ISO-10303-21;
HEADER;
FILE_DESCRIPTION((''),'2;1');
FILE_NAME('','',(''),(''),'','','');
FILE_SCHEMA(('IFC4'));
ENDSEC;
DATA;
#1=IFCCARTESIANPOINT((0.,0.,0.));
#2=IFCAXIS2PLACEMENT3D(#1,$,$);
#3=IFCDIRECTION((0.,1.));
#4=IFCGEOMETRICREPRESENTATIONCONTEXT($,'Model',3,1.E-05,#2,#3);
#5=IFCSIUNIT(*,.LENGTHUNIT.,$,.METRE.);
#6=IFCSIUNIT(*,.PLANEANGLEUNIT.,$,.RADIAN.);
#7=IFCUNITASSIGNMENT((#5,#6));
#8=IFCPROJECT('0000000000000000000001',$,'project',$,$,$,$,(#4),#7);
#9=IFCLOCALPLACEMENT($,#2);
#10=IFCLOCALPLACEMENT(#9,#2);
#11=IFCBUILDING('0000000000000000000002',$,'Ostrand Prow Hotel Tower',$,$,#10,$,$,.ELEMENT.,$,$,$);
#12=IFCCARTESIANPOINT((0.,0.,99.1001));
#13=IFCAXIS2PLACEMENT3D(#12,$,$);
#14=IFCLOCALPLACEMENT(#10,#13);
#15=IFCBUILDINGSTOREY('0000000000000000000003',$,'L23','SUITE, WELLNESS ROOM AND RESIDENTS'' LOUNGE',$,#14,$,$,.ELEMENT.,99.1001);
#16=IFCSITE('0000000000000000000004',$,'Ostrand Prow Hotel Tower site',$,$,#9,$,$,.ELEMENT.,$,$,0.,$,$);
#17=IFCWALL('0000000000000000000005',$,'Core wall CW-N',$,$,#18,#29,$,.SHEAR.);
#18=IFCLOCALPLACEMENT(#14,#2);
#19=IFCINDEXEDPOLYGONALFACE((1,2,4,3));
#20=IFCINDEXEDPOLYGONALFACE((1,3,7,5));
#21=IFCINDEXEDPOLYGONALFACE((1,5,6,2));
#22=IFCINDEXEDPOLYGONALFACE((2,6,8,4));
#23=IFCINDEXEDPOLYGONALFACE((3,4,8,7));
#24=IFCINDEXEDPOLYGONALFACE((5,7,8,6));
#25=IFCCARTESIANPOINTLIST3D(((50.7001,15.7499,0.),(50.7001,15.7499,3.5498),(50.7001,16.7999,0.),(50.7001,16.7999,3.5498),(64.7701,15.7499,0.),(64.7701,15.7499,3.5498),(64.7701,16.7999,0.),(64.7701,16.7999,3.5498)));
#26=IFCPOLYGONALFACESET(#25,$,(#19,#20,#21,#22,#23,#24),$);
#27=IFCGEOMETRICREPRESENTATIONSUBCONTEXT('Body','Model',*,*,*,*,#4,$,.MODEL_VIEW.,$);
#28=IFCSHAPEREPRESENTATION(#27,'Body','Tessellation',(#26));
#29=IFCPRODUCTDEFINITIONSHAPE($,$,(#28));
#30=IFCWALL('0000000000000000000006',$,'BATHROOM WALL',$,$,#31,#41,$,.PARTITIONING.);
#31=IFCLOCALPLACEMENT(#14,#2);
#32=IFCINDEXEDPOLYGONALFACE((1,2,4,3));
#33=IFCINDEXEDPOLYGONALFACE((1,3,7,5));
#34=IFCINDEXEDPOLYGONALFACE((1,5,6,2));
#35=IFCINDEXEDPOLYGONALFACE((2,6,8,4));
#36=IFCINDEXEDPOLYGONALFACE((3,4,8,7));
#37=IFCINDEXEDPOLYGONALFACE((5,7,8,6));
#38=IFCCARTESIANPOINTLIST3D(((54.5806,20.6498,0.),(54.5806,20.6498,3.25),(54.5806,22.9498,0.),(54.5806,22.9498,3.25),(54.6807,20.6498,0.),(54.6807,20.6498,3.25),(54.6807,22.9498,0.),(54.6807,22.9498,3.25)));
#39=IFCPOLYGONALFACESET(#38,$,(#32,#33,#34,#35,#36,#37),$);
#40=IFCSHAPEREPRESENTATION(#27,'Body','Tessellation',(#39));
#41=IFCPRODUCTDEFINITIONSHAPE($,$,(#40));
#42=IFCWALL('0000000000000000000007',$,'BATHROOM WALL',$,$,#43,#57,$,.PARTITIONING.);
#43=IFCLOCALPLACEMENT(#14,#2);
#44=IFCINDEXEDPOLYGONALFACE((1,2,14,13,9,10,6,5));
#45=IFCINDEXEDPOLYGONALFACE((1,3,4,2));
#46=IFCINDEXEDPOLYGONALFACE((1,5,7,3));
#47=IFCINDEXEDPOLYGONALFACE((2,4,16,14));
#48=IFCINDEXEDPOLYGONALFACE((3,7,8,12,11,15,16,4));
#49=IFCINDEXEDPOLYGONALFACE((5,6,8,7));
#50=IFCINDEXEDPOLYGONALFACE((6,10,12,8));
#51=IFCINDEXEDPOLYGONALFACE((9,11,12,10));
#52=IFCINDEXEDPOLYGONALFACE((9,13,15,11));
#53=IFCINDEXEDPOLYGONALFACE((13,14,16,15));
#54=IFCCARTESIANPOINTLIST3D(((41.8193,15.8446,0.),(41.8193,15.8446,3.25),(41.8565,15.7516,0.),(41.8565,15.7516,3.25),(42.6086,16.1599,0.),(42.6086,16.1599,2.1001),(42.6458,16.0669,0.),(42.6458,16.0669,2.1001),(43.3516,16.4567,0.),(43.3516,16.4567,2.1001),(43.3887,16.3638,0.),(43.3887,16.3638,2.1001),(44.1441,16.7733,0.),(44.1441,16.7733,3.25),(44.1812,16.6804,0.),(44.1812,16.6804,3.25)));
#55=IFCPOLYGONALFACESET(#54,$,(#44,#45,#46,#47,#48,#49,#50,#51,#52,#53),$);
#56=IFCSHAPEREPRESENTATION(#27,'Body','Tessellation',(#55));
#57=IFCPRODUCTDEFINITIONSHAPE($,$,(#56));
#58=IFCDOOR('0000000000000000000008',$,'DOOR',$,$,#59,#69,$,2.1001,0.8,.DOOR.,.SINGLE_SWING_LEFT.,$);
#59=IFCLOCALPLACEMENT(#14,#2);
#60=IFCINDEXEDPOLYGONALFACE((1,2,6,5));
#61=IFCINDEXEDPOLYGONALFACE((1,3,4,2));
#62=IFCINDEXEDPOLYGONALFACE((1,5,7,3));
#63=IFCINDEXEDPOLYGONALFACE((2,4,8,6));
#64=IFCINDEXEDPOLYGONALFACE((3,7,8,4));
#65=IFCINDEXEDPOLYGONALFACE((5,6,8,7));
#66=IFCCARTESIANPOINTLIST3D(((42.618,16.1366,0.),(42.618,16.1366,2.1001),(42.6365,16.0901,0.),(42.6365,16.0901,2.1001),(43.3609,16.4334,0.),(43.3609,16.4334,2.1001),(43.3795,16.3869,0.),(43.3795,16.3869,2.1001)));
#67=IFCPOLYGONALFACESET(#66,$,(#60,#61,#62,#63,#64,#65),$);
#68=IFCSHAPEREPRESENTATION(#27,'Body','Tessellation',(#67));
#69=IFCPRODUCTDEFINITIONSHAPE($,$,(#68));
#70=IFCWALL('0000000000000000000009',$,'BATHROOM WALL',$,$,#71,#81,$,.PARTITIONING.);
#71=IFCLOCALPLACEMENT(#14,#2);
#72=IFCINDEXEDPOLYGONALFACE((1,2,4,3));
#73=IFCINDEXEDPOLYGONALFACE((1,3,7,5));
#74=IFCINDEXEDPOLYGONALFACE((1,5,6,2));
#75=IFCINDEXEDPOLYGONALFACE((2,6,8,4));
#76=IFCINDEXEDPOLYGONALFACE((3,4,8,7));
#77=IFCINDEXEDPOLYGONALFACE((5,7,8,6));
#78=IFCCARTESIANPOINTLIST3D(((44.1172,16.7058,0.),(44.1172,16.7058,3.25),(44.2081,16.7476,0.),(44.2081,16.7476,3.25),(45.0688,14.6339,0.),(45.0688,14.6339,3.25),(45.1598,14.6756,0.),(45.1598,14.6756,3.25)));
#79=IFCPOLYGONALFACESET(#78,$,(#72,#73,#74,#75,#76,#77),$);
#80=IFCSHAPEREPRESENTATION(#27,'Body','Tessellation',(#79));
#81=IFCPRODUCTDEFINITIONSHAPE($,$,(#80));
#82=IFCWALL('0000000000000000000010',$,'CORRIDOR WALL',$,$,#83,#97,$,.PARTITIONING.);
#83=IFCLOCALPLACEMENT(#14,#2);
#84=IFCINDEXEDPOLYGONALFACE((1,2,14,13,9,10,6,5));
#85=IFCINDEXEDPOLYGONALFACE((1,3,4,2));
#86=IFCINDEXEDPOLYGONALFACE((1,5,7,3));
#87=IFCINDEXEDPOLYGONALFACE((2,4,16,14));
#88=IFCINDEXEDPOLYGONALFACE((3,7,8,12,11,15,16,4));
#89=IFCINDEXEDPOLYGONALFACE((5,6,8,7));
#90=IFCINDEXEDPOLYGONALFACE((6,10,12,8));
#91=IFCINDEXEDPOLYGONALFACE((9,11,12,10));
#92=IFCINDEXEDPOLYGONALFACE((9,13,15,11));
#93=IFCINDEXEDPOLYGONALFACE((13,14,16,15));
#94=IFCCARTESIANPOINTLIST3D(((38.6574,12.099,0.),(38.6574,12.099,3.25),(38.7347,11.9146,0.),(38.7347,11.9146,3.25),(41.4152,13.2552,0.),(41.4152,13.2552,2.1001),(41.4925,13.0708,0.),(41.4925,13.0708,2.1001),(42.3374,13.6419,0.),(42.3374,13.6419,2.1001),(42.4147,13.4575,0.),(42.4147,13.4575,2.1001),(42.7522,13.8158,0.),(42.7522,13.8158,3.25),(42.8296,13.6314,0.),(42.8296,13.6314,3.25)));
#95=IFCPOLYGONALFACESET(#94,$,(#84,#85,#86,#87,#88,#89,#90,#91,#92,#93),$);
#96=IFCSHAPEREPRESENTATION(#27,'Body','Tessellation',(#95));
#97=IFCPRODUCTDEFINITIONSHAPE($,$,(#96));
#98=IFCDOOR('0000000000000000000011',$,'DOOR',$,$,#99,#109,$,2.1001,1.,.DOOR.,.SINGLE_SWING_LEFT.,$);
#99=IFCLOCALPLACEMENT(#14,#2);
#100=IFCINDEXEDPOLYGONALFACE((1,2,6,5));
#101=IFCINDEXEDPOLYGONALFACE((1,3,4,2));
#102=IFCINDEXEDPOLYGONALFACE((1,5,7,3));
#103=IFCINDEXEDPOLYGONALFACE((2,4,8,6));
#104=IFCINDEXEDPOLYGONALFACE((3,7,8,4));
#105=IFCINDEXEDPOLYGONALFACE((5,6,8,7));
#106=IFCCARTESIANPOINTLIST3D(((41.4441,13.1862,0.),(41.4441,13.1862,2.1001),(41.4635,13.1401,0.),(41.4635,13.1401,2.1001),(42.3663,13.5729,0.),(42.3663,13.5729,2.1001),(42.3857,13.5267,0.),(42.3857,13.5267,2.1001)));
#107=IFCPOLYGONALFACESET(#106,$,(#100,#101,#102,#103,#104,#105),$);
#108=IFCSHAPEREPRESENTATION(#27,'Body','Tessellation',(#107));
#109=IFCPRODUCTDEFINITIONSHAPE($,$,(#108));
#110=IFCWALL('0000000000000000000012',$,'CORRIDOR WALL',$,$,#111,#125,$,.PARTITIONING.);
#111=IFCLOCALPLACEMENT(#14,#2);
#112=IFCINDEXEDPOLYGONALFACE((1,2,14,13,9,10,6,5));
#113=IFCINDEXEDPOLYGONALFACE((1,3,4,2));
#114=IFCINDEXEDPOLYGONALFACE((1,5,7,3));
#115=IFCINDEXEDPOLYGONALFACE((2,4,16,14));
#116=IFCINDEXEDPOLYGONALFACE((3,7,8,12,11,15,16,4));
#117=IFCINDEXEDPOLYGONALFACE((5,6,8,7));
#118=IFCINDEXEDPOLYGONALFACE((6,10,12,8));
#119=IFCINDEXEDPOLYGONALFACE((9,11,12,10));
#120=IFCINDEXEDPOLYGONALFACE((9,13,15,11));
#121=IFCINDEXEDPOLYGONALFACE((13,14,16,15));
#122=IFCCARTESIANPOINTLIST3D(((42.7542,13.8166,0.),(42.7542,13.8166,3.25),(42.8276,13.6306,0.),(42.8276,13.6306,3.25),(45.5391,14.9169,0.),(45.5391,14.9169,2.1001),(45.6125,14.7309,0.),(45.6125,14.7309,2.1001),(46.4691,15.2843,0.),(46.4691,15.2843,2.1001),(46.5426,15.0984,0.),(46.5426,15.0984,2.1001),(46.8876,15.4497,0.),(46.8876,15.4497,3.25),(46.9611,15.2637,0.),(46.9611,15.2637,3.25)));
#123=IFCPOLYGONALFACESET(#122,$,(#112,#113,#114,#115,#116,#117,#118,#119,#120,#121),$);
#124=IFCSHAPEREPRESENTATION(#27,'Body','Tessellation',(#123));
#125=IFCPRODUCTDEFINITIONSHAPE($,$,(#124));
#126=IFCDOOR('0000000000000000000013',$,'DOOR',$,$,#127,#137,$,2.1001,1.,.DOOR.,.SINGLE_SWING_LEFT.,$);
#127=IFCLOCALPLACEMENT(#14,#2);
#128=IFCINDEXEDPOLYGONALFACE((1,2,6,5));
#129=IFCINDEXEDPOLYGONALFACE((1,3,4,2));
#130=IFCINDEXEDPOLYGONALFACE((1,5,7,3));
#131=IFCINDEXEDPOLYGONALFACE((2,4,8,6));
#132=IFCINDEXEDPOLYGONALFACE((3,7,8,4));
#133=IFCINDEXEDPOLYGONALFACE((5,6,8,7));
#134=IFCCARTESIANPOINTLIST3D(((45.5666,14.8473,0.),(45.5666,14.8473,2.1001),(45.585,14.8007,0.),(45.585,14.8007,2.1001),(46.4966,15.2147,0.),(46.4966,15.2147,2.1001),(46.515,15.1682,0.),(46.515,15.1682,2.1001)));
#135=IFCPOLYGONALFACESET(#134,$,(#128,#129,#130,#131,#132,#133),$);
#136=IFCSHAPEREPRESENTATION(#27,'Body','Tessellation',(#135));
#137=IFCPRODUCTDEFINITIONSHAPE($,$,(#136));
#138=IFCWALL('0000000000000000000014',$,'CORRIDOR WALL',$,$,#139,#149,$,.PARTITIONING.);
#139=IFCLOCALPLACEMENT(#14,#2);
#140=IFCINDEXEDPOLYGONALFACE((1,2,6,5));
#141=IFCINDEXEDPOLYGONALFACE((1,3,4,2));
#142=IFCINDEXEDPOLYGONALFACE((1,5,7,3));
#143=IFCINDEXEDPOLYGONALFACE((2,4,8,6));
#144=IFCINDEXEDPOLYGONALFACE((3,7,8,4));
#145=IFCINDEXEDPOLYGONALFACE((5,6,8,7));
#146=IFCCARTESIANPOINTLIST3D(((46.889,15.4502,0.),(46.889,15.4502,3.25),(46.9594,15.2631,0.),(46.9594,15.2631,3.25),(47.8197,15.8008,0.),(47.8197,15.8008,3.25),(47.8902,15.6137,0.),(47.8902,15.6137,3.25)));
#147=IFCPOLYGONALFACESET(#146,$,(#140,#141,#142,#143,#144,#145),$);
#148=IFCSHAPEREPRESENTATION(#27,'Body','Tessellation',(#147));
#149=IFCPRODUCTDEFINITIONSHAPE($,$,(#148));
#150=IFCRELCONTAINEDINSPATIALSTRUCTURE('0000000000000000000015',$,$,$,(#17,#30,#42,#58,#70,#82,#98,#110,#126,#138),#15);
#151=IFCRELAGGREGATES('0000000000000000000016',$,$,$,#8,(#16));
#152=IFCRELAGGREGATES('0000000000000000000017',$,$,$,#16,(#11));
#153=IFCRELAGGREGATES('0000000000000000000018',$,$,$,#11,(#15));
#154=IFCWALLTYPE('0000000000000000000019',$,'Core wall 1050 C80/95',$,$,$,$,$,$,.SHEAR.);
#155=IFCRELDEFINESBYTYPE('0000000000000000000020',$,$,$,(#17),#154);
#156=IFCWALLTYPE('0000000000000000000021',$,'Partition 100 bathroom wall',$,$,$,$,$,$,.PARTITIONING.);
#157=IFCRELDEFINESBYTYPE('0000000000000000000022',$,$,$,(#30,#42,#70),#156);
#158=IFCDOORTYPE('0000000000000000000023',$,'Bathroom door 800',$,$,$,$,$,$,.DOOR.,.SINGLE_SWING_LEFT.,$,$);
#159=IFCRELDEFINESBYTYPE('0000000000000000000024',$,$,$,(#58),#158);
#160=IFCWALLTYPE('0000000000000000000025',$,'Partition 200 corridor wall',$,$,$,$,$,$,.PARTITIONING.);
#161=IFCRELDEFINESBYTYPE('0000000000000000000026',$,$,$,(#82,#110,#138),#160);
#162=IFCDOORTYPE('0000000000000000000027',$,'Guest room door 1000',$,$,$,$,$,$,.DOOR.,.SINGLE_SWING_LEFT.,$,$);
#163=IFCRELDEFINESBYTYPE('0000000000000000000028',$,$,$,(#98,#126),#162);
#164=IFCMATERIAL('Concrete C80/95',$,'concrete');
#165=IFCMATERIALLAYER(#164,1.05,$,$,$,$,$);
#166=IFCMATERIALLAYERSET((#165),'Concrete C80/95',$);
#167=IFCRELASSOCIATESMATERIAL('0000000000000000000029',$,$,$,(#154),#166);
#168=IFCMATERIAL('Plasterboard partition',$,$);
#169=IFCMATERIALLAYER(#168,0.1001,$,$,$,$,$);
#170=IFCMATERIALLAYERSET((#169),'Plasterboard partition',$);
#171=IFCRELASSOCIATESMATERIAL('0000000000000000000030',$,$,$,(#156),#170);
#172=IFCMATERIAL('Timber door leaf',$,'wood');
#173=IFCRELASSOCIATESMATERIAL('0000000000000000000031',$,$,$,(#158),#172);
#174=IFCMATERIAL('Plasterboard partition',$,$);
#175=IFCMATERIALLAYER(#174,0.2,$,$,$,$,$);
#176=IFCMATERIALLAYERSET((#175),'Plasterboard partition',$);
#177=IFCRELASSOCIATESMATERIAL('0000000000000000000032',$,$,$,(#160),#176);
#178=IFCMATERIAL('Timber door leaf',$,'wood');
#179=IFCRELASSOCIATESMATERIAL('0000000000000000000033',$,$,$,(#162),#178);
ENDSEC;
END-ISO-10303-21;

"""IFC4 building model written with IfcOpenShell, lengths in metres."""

from ifc_helpers import new_model, si_unit, direction, frame, frame_2d, origin, place, context, subcontext, project, spatial, rectangle, extrude, material, layer, layer_set, type_object, element, fill, save


model = new_model("IFC4")

# Units and contexts
model_context = context("Model", 3, precision=1e-05, world=origin(), true_north=direction((0.0, 1.0)))
body_context = subcontext(model_context, "Body", "Model", "MODEL_VIEW")
ifc_project = project(units=[si_unit("LENGTHUNIT", "METRE"), si_unit("PLANEANGLEUNIT", "RADIAN")], contexts=[model_context])

# Site, building, storey
site_placement = place(None, origin())
site = spatial("IfcSite", under=ifc_project, at=site_placement, Name="Ostrand Prow Hotel Tower site", CompositionType="ELEMENT", RefElevation=0.0)
building_placement = place(site_placement, origin())
building = spatial("IfcBuilding", under=site, at=building_placement, Name="Ostrand Prow Hotel Tower", CompositionType="ELEMENT")
storey_placement = place(building_placement, frame((0.0, 0.0, 99.1001)))
storey = spatial("IfcBuildingStorey", under=building, at=storey_placement, Name="L23", Description="SUITE, WELLNESS ROOM AND RESIDENTS' LOUNGE", CompositionType="ELEMENT", Elevation=99.1001)

# Walls
ifc_material_1 = material(Name="Concrete C80/95", Category="concrete")
ifc_layer_1 = layer(ifc_material_1, 1.05)
ifc_layer_set_1 = layer_set([ifc_layer_1], Name="Concrete C80/95")
wall_type_1 = type_object("IfcWallType", Name="Core wall 1050 C80/95", PredefinedType="SHEAR", material=ifc_layer_set_1)
wall_1_placement = place(storey_placement, frame((50.7, 16.2749, 0.0), z_axis=(0.0, 0.0, 1.0), x_axis=(1.0, 0.0, 0.0)))
element("IfcWall", 1, at=wall_1_placement, inside=storey, type_object=wall_type_1, Name="Core wall CW-N", PredefinedType="SHEAR", context=body_context, shape_type="SweptSolid", body=[
    extrude(rectangle(XDim=14.0701, YDim=1.05, at=frame_2d((7.0352, 0.0))), origin(), (0.0, 0.0, 1.0), 3.5498),
])
ifc_material_2 = material(Name="Plasterboard partition")
ifc_layer_2 = layer(ifc_material_2, 0.1001)
ifc_layer_set_2 = layer_set([ifc_layer_2], Name="Plasterboard partition")
wall_type_2 = type_object("IfcWallType", Name="Partition 100 bathroom wall", PredefinedType="PARTITIONING", material=ifc_layer_set_2)
wall_2_placement = place(storey_placement, frame((54.6306, 20.6499, 0.0), z_axis=(0.0, 0.0, 1.0), x_axis=(0.0, 1.0, 0.0)))
element("IfcWall", 2, at=wall_2_placement, inside=storey, type_object=wall_type_2, Name="BATHROOM WALL", PredefinedType="PARTITIONING", context=body_context, shape_type="SweptSolid", body=[
    extrude(rectangle(XDim=2.3, YDim=0.1001, at=frame_2d((1.1499, 0.0))), origin(), (0.0, 0.0, 1.0), 3.25),
])

# Wall, opening, door
wall_3_placement = place(storey_placement, frame((41.8379, 15.7981, 0.0), z_axis=(0.0, 0.0, 1.0), x_axis=(0.928638, 0.370987, 0.0)))
wall_3 = element("IfcWall", 3, at=wall_3_placement, inside=storey, type_object=wall_type_2, Name="BATHROOM WALL", PredefinedType="PARTITIONING", context=body_context, shape_type="SweptSolid", body=[
    extrude(rectangle(XDim=2.5034, YDim=0.1001, at=frame_2d((1.2517, 0.0))), origin(), (0.0, 0.0, 1.0), 3.25),
])
opening_1_placement = place(wall_3_placement, frame((0.8501, 0.0, 0.0)))
opening_1 = element("IfcOpeningElement", 4, at=opening_1_placement, cuts=wall_3, PredefinedType="OPENING", context=body_context, shape_type="SweptSolid", body=[
    extrude(rectangle(XDim=0.8, YDim=2.1001, at=frame_2d((0.3999, 1.05))), frame((0.0, 0.0601, 0.0), z_axis=(0.0, -1.0, 0.0), x_axis=(1.0, 0.0, 0.0)), (0.0, 0.0, 1.0), 0.1201),
])
ifc_material_3 = material(Name="Timber door leaf", Category="wood")
door_type_1 = type_object("IfcDoorType", Name="Bathroom door 800", OperationType="SINGLE_SWING_LEFT", PredefinedType="DOOR", material=ifc_material_3)
door_1_placement = place(opening_1_placement, origin())
door_1 = element("IfcDoor", 5, at=door_1_placement, inside=storey, type_object=door_type_1, Name="DOOR", OperationType="SINGLE_SWING_LEFT", OverallHeight=2.1001, OverallWidth=0.8, PredefinedType="DOOR", context=body_context, shape_type="SweptSolid", body=[
    extrude(rectangle(XDim=0.8, YDim=2.1001, at=frame_2d((0.3999, 1.05))), frame((0.0, 0.0249, 0.0), z_axis=(0.0, -1.0, 0.0), x_axis=(1.0, 0.0, 0.0)), (0.0, 0.0, 1.0), 0.05),
])
fill(opening_1, door_1)

# Wall
wall_4_placement = place(storey_placement, frame((44.1626, 16.7268, 0.0), z_axis=(0.0, 0.0, 1.0), x_axis=(0.417374, -0.908735, 0.0)))
element("IfcWall", 6, at=wall_4_placement, inside=storey, type_object=wall_type_2, Name="BATHROOM WALL", PredefinedType="PARTITIONING", context=body_context, shape_type="SweptSolid", body=[
    extrude(rectangle(XDim=2.28, YDim=0.1001, at=frame_2d((1.1401, 0.0))), origin(), (0.0, 0.0, 1.0), 3.25),
])

# Walls, openings, doors
ifc_material_4 = material(Name="Plasterboard partition")
ifc_layer_3 = layer(ifc_material_4, 0.2)
ifc_layer_set_3 = layer_set([ifc_layer_3], Name="Plasterboard partition")
wall_type_3 = type_object("IfcWallType", Name="Partition 200 corridor wall", PredefinedType="PARTITIONING", material=ifc_layer_set_3)
wall_5_placement = place(storey_placement, frame((42.791, 13.7236, 0.0), z_axis=(0.0, 0.0, 1.0), x_axis=(-0.92223, -0.386641, 0.0)))
wall_5 = element("IfcWall", 7, at=wall_5_placement, inside=storey, type_object=wall_type_3, Name="CORRIDOR WALL", PredefinedType="PARTITIONING", context=body_context, shape_type="SweptSolid", body=[
    extrude(rectangle(XDim=4.4402, YDim=0.2, at=frame_2d((2.2202, 0.0))), origin(), (0.0, 0.0, 1.0), 3.25),
])
opening_2_placement = place(wall_5_placement, frame((0.45, 0.0, 0.0)))
opening_2 = element("IfcOpeningElement", 8, at=opening_2_placement, cuts=wall_5, PredefinedType="OPENING", context=body_context, shape_type="SweptSolid", body=[
    extrude(rectangle(XDim=1.0, YDim=2.1001, at=frame_2d((0.5, 1.05))), frame((0.0, 0.1099, 0.0), z_axis=(0.0, -1.0, 0.0), x_axis=(1.0, 0.0, 0.0)), (0.0, 0.0, 1.0), 0.22),
])
ifc_material_5 = material(Name="Timber door leaf", Category="wood")
door_type_2 = type_object("IfcDoorType", Name="Guest room door 1000", OperationType="SINGLE_SWING_LEFT", PredefinedType="DOOR", material=ifc_material_5)
door_2_placement = place(opening_2_placement, origin())
door_2 = element("IfcDoor", 9, at=door_2_placement, inside=storey, type_object=door_type_2, Name="DOOR", OperationType="SINGLE_SWING_LEFT", OverallHeight=2.1001, OverallWidth=1.0, PredefinedType="DOOR", context=body_context, shape_type="SweptSolid", body=[
    extrude(rectangle(XDim=1.0, YDim=2.1001, at=frame_2d((0.5, 1.05))), frame((0.0, 0.0249, 0.0), z_axis=(0.0, -1.0, 0.0), x_axis=(1.0, 0.0, 0.0)), (0.0, 0.0, 1.0), 0.05),
])
fill(opening_2, door_2)
wall_6_placement = place(storey_placement, frame((46.9243, 15.3567, 0.0), z_axis=(0.0, 0.0, 1.0), x_axis=(-0.930041, -0.367457, 0.0)))
wall_6 = element("IfcWall", 10, at=wall_6_placement, inside=storey, type_object=wall_type_3, Name="CORRIDOR WALL", PredefinedType="PARTITIONING", context=body_context, shape_type="SweptSolid", body=[
    extrude(rectangle(XDim=4.4443, YDim=0.2, at=frame_2d((2.2222, 0.0))), origin(), (0.0, 0.0, 1.0), 3.25),
])
opening_3_placement = place(wall_6_placement, frame((0.45, 0.0, 0.0)))
opening_3 = element("IfcOpeningElement", 11, at=opening_3_placement, cuts=wall_6, PredefinedType="OPENING", context=body_context, shape_type="SweptSolid", body=[
    extrude(rectangle(XDim=1.0, YDim=2.1001, at=frame_2d((0.5, 1.05))), frame((0.0, 0.1099, 0.0), z_axis=(0.0, -1.0, 0.0), x_axis=(1.0, 0.0, 0.0)), (0.0, 0.0, 1.0), 0.22),
])
door_3_placement = place(opening_3_placement, origin())
door_3 = element("IfcDoor", 12, at=door_3_placement, inside=storey, type_object=door_type_2, Name="DOOR", OperationType="SINGLE_SWING_LEFT", OverallHeight=2.1001, OverallWidth=1.0, PredefinedType="DOOR", context=body_context, shape_type="SweptSolid", body=[
    extrude(rectangle(XDim=1.0, YDim=2.1001, at=frame_2d((0.5, 1.05))), frame((0.0, 0.0249, 0.0), z_axis=(0.0, -1.0, 0.0), x_axis=(1.0, 0.0, 0.0)), (0.0, 0.0, 1.0), 0.05),
])
fill(opening_3, door_3)

# Wall
wall_7_placement = place(storey_placement, frame((47.855, 15.7073, 0.0), z_axis=(0.0, 0.0, 1.0), x_axis=(-0.935804, -0.352522, 0.0)))
element("IfcWall", 13, at=wall_7_placement, inside=storey, type_object=wall_type_3, Name="CORRIDOR WALL", PredefinedType="PARTITIONING", context=body_context, shape_type="SweptSolid", body=[
    extrude(rectangle(XDim=0.9946, YDim=0.2, at=frame_2d((0.4973, 0.0))), origin(), (0.0, 0.0, 1.0), 3.25),
])

save(model, "model.ifc")
